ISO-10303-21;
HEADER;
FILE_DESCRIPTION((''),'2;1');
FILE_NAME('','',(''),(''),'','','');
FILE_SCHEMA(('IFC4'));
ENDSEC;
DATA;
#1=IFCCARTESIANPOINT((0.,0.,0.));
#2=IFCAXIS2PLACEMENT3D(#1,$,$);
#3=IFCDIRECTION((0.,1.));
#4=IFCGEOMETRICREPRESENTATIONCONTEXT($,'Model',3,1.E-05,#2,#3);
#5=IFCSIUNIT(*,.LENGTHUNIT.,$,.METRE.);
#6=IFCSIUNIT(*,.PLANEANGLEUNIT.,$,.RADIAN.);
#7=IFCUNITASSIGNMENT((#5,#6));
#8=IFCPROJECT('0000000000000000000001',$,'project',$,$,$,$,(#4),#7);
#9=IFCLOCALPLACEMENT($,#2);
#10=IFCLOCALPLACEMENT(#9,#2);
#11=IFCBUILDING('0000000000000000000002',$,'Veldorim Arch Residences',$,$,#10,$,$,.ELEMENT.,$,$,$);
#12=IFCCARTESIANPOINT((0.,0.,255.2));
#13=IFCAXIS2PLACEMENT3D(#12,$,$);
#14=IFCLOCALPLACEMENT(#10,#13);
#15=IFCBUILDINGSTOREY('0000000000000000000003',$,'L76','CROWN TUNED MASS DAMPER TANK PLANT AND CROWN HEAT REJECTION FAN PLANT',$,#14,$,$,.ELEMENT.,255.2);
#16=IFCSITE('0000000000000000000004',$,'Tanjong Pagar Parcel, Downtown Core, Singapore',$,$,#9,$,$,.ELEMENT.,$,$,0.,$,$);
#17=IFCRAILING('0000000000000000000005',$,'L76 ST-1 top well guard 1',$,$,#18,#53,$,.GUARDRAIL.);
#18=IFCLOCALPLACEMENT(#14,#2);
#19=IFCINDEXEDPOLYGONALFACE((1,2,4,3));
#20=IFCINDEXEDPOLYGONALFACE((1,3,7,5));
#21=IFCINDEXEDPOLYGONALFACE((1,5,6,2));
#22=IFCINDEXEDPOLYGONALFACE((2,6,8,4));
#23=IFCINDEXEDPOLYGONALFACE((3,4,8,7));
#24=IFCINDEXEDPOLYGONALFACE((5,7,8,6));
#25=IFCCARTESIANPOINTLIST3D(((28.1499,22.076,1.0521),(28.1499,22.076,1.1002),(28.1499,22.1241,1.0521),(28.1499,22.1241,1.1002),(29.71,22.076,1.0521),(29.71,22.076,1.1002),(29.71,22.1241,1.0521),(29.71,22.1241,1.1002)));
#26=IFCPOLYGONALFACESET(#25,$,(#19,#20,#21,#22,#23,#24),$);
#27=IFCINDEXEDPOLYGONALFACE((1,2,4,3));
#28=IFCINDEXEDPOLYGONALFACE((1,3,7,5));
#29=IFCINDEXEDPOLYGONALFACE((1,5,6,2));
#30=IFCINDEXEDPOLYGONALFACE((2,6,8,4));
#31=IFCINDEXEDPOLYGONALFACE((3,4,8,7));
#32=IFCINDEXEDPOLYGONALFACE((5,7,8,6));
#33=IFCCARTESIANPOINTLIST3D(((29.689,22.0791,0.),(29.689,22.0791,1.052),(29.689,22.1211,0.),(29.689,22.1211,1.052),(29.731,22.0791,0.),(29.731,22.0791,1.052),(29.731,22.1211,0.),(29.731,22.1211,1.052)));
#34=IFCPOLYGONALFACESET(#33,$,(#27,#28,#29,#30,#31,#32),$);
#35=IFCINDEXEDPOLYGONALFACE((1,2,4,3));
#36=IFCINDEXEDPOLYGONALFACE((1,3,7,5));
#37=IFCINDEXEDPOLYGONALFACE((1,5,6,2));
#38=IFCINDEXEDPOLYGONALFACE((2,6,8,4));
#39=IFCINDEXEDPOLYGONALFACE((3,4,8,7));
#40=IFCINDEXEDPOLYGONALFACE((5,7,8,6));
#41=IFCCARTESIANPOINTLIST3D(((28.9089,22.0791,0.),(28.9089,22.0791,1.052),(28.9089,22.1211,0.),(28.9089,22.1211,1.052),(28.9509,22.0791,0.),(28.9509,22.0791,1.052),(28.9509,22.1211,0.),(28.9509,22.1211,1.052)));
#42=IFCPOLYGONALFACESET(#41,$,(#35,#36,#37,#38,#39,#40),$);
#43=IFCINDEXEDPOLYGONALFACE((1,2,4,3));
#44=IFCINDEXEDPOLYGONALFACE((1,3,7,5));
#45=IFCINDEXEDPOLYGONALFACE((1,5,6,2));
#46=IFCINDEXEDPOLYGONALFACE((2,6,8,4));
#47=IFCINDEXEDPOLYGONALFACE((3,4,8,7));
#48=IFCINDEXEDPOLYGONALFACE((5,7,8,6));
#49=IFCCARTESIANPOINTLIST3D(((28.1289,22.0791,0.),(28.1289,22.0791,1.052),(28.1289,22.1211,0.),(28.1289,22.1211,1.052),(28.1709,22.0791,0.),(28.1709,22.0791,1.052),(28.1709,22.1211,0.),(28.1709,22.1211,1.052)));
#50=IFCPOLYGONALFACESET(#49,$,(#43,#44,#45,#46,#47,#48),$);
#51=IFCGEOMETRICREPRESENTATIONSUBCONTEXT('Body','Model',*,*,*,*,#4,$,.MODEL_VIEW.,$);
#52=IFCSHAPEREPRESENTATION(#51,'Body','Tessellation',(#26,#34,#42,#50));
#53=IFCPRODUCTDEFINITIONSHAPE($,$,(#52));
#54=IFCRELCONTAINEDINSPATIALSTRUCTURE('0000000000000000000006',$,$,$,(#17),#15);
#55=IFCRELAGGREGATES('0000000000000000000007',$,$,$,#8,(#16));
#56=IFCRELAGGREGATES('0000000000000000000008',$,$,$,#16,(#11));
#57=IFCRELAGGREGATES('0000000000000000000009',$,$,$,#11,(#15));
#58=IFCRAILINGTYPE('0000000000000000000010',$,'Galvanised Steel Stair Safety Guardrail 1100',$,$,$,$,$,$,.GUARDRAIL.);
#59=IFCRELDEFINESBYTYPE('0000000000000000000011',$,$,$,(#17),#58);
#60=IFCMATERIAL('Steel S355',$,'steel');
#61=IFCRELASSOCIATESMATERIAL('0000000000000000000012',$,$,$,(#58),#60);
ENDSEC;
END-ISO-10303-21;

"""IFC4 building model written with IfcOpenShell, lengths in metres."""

from ifc_helpers import new_model, si_unit, direction, frame, origin, origin_2d, place, context, subcontext, project, spatial, rectangle, extrude, material, type_object, element, save


model = new_model("IFC4")

# Units and contexts
model_context = context("Model", 3, precision=1e-05, world=origin(), true_north=direction((0.0, 1.0)))
body_context = subcontext(model_context, "Body", "Model", "MODEL_VIEW")
ifc_project = project(units=[si_unit("LENGTHUNIT", "METRE"), si_unit("PLANEANGLEUNIT", "RADIAN")], contexts=[model_context])

# Site, building, storey
site_placement = place(None, origin())
site = spatial("IfcSite", under=ifc_project, at=site_placement, Name="Tanjong Pagar Parcel, Downtown Core, Singapore", CompositionType="ELEMENT", RefElevation=0.0)
building_placement = place(site_placement, origin())
building = spatial("IfcBuilding", under=site, at=building_placement, Name="Veldorim Arch Residences", CompositionType="ELEMENT")
storey_placement = place(building_placement, frame((0.0, 0.0, 255.2)))
storey = spatial("IfcBuildingStorey", under=building, at=storey_placement, Name="L76", Description="CROWN TUNED MASS DAMPER TANK PLANT AND CROWN HEAT REJECTION FAN PLANT", CompositionType="ELEMENT", Elevation=255.2)

# Railing
ifc_material_1 = material(Name="Steel S355", Category="steel")
railing_type_1 = type_object("IfcRailingType", Name="Galvanised Steel Stair Safety Guardrail 1100", PredefinedType="GUARDRAIL", material=ifc_material_1)
railing_1_placement = place(storey_placement, frame((29.71, 22.1001, 0.0)))
element("IfcRailing", 1, at=railing_1_placement, inside=storey, type_object=railing_type_1, Name="L76 ST-1 top well guard 1", PredefinedType="GUARDRAIL", context=body_context, shape_type="SweptSolid", body=[
    extrude(rectangle(XDim=0.0481, YDim=0.0481, at=origin_2d()), frame((0.0, 0.0, 1.0762), z_axis=(-1.0, 0.0, 0.0), x_axis=(0.0, -1.0, 0.0)), (0.0, 0.0, 1.0), 1.5601),
    extrude(rectangle(XDim=0.042, YDim=0.042, at=origin_2d()), origin(), (0.0, 0.0, 1.0), 1.052),
    extrude(rectangle(XDim=0.042, YDim=0.042, at=origin_2d()), frame((-0.78, 0.0, 0.0)), (0.0, 0.0, 1.0), 1.052),
    extrude(rectangle(XDim=0.042, YDim=0.042, at=origin_2d()), frame((-1.5601, 0.0, 0.0)), (0.0, 0.0, 1.0), 1.052),
])

save(model, "model.ifc")
